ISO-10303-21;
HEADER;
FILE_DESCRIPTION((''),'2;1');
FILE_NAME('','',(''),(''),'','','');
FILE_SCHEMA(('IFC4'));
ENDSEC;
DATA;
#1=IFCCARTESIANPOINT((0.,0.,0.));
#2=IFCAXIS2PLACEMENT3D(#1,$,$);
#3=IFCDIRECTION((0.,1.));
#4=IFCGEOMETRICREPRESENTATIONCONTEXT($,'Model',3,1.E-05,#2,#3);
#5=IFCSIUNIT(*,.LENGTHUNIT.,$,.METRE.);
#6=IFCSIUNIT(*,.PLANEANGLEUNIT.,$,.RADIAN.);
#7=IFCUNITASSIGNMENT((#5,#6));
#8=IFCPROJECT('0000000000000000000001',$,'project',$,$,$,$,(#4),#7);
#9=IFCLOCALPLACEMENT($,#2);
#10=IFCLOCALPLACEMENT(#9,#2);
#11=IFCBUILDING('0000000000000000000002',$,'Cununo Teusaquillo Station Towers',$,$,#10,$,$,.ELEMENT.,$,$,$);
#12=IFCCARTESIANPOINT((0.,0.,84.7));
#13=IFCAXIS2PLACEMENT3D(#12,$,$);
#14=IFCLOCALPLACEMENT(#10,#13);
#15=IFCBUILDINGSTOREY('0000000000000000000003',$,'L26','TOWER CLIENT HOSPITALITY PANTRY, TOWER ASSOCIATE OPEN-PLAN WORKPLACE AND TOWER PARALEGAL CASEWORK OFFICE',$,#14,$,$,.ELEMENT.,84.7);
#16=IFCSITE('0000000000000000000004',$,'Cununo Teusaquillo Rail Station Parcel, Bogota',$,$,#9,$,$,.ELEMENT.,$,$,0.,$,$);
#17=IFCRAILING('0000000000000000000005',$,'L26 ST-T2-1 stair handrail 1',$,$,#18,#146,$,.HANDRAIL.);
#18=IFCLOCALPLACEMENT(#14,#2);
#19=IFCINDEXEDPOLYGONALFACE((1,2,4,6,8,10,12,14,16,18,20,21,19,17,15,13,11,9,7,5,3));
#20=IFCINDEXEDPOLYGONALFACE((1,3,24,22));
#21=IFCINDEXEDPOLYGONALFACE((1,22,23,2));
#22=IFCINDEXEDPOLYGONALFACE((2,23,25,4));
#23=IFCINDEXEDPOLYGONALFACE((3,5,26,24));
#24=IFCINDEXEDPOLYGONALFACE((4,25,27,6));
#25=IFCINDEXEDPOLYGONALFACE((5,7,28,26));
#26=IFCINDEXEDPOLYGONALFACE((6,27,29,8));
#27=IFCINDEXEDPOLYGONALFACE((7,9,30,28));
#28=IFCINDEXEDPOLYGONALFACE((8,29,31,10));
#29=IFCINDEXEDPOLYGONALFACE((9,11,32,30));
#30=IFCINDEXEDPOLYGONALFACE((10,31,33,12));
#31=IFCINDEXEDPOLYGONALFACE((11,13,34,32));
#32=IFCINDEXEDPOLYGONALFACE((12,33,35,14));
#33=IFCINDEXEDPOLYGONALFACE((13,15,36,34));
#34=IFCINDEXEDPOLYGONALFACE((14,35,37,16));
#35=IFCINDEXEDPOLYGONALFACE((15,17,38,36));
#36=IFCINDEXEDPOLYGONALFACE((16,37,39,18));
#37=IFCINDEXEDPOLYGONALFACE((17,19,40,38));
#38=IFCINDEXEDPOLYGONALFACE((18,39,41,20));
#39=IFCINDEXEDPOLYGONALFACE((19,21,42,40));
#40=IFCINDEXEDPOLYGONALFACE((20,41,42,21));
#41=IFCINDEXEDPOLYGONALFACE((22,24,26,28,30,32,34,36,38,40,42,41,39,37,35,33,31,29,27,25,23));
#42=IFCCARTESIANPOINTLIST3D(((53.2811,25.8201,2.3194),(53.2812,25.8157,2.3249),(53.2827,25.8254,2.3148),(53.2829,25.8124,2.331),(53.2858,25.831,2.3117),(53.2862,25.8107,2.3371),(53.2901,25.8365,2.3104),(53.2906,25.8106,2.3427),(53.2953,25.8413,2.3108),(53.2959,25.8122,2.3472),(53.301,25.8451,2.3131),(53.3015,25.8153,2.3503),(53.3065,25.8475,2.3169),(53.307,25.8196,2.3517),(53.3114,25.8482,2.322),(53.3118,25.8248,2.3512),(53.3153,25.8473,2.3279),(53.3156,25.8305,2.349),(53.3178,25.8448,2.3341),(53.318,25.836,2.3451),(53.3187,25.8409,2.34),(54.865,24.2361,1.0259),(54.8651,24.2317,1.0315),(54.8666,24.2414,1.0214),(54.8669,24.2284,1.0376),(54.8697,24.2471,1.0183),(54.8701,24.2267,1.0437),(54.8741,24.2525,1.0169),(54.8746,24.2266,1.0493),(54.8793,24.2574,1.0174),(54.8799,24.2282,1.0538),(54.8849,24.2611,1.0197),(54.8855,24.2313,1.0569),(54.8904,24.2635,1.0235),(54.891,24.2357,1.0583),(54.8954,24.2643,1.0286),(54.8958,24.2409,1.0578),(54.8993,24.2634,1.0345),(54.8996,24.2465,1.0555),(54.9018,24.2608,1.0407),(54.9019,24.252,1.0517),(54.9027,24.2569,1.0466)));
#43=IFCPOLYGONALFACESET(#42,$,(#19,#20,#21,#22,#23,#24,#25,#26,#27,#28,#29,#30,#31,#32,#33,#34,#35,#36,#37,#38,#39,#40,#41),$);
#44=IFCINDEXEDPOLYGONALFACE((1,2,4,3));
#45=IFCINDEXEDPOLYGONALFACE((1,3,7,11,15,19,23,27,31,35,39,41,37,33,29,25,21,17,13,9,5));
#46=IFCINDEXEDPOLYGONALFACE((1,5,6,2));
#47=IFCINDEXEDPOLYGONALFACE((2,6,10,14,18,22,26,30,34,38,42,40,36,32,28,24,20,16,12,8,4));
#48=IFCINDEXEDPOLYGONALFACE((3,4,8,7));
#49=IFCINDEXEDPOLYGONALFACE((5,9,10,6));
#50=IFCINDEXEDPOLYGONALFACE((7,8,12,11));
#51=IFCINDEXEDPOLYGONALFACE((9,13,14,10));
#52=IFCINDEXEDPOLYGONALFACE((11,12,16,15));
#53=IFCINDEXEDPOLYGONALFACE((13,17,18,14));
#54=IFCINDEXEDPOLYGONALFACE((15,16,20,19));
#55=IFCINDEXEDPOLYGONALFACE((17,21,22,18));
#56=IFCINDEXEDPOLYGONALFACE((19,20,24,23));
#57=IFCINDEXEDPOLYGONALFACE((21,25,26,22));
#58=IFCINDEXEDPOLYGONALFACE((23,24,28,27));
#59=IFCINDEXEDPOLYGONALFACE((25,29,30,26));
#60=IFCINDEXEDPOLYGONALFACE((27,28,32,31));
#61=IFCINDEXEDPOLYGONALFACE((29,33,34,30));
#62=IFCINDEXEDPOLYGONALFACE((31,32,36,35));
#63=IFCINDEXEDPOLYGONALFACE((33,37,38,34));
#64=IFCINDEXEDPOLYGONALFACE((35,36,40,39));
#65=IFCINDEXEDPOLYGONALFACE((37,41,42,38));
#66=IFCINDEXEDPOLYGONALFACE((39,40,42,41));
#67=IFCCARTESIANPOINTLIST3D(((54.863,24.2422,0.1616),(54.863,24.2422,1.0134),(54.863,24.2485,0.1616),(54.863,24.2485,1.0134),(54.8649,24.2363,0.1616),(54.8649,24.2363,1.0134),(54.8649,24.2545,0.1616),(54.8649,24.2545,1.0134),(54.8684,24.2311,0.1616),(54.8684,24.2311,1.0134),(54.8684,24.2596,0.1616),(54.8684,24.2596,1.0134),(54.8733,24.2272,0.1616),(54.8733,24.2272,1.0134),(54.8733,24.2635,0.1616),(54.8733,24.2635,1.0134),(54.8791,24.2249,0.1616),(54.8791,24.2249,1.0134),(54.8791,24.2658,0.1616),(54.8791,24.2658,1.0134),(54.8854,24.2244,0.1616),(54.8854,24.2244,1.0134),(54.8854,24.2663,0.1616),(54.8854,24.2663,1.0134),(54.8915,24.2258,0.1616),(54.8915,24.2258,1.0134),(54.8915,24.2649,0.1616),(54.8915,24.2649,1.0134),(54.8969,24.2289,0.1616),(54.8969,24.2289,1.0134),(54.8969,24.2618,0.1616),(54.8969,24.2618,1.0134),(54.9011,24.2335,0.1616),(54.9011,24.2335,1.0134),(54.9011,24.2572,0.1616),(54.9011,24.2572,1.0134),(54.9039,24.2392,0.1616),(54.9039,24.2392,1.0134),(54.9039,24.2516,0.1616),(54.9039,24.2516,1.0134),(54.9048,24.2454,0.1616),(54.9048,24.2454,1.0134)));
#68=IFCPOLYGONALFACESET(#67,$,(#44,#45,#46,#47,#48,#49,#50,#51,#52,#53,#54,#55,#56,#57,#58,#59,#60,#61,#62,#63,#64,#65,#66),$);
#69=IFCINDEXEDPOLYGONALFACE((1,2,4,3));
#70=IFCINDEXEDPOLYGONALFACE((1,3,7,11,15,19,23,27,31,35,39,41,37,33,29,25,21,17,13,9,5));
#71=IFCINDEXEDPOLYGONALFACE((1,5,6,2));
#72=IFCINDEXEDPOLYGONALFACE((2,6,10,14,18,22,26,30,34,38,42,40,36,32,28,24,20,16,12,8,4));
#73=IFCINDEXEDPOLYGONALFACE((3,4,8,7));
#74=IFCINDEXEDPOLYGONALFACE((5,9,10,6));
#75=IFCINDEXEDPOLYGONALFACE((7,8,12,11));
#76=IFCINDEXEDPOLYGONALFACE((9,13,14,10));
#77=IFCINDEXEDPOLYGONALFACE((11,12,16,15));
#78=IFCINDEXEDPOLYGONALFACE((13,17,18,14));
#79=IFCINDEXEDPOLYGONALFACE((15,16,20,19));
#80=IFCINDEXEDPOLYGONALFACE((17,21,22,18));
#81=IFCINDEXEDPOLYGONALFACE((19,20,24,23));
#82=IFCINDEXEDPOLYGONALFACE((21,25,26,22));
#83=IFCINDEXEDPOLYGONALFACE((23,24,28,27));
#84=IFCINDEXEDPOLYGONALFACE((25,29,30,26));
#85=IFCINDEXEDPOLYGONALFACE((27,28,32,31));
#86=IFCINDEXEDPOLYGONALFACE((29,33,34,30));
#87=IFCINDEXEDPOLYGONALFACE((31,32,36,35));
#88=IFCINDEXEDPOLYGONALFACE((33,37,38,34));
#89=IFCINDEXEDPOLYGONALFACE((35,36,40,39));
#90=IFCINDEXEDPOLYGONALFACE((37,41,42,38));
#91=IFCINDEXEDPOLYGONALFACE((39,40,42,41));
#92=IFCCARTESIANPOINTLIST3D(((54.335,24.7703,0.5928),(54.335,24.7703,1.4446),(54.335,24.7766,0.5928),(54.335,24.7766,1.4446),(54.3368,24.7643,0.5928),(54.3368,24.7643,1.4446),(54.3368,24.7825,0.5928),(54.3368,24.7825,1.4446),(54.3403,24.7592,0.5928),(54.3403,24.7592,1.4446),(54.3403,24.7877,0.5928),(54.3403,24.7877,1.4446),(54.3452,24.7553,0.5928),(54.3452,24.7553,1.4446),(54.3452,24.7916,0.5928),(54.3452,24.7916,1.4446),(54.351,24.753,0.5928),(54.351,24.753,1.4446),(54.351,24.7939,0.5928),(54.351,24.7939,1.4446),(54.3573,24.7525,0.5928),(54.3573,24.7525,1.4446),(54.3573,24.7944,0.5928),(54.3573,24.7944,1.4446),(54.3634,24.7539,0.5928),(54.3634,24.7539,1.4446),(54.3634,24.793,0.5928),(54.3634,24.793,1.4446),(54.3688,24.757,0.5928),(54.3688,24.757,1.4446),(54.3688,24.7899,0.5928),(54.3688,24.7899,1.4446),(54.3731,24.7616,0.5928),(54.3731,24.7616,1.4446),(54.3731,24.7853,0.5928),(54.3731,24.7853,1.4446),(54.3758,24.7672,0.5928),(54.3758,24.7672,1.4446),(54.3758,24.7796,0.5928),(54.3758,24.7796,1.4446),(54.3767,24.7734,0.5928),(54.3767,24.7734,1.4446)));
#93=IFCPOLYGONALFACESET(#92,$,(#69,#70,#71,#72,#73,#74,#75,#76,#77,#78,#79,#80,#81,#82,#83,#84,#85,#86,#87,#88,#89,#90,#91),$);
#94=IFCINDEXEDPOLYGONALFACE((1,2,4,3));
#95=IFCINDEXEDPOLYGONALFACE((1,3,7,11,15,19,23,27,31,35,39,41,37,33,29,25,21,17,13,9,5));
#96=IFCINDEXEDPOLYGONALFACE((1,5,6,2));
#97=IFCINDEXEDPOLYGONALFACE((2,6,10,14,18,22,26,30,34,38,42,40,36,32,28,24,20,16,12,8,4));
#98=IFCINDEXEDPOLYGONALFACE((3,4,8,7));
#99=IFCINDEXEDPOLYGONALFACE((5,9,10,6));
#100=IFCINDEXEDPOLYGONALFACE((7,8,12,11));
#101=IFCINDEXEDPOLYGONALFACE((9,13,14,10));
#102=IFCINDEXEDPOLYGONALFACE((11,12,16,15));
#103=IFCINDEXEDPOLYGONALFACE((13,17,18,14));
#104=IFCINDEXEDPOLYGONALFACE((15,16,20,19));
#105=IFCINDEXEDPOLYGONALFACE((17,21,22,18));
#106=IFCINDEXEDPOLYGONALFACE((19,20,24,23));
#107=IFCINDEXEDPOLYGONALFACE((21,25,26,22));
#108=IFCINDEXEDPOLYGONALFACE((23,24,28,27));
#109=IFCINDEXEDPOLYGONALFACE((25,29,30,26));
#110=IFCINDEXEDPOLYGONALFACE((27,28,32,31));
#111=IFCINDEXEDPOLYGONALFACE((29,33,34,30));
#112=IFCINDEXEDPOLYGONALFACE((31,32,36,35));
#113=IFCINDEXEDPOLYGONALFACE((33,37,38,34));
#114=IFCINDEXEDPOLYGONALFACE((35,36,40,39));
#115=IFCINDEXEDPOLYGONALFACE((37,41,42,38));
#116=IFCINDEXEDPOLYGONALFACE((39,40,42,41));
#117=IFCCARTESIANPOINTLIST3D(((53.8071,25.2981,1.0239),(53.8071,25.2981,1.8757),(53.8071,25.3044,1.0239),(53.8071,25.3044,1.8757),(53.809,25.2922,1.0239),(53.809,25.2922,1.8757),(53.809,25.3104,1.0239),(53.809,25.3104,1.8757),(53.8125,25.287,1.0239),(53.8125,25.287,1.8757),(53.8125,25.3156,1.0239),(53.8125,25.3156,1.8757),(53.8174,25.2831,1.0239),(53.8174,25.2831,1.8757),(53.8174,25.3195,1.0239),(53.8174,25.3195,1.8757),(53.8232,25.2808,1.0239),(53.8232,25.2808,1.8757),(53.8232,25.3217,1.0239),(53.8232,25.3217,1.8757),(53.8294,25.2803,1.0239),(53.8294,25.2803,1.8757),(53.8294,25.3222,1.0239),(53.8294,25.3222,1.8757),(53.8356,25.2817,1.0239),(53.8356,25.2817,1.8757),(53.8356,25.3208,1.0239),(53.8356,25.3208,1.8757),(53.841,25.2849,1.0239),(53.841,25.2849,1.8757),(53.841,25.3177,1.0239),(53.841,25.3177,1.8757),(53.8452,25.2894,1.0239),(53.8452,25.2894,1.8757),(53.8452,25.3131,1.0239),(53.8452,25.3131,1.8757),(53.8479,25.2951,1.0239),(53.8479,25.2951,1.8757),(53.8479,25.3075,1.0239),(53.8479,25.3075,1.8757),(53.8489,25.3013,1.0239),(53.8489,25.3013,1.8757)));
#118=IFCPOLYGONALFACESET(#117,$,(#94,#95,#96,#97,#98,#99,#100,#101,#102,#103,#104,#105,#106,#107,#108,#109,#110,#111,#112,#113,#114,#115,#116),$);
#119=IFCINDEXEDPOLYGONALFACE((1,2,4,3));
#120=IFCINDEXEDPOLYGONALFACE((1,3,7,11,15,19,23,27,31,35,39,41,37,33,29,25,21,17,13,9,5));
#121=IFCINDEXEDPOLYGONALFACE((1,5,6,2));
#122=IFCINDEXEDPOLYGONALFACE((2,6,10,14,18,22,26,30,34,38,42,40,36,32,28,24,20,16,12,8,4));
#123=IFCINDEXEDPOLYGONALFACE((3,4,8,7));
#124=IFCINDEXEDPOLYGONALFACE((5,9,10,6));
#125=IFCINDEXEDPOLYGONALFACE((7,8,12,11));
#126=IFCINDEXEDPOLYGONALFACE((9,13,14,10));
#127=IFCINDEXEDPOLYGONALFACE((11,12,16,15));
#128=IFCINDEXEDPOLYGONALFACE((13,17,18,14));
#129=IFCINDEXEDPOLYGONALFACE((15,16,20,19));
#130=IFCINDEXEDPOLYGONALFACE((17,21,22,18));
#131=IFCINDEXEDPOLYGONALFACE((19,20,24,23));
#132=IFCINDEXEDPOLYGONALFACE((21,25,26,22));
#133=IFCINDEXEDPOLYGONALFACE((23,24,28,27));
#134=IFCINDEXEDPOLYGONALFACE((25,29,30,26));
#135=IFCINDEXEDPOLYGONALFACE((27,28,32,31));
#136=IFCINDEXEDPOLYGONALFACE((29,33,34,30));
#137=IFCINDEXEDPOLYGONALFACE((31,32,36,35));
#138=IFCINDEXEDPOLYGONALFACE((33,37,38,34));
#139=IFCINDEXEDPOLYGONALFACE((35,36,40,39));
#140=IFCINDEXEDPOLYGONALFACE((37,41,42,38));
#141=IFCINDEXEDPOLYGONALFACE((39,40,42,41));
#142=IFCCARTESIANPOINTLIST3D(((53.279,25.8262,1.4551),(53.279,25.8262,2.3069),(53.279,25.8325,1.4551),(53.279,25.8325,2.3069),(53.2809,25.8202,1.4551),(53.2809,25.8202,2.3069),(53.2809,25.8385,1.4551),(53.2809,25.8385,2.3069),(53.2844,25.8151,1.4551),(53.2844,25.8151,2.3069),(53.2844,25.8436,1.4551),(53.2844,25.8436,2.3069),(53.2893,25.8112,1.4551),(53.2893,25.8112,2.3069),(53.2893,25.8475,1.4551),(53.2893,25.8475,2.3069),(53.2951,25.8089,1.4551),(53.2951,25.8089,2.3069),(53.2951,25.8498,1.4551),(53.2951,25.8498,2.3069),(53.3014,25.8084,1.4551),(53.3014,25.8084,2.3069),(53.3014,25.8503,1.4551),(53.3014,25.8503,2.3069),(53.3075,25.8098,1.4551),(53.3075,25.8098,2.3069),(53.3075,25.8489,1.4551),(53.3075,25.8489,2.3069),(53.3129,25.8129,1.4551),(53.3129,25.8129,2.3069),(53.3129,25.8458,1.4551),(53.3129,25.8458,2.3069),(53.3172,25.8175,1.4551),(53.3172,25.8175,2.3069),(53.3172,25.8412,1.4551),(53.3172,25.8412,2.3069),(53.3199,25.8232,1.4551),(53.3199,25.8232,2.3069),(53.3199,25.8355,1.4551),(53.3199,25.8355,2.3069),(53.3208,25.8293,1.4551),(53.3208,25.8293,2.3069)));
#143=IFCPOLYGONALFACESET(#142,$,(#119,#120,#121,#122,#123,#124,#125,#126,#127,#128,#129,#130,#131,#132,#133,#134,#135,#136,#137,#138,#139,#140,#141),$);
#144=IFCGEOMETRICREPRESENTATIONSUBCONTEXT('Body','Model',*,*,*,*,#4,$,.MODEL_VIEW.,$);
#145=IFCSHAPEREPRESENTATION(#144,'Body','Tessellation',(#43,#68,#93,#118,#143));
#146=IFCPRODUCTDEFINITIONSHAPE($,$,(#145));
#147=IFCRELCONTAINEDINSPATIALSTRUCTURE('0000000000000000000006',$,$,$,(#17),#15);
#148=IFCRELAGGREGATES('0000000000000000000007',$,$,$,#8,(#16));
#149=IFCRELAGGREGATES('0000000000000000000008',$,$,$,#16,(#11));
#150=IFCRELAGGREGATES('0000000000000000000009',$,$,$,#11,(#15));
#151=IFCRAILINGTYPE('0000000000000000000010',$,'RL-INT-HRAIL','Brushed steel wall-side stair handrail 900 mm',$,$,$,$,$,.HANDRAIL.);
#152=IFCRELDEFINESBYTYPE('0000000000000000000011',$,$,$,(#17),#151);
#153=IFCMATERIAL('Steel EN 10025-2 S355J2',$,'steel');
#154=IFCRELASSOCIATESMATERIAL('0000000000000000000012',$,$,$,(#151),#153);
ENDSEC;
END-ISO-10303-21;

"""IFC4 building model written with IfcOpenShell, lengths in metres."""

from ifc_helpers import new_model, si_unit, direction, frame, origin, origin_2d, place, context, subcontext, project, spatial, circle, extrude, material, type_object, element, save


model = new_model("IFC4")

# Units and contexts
model_context = context("Model", 3, precision=1e-05, world=origin(), true_north=direction((0.0, 1.0)))
body_context = subcontext(model_context, "Body", "Model", "MODEL_VIEW")
ifc_project = project(units=[si_unit("LENGTHUNIT", "METRE"), si_unit("PLANEANGLEUNIT", "RADIAN")], contexts=[model_context])

# Site, building, storey
site_placement = place(None, origin())
site = spatial("IfcSite", under=ifc_project, at=site_placement, Name="Cununo Teusaquillo Rail Station Parcel, Bogota", CompositionType="ELEMENT", RefElevation=0.0)
building_placement = place(site_placement, origin())
building = spatial("IfcBuilding", under=site, at=building_placement, Name="Cununo Teusaquillo Station Towers", CompositionType="ELEMENT")
storey_placement = place(building_placement, frame((0.0, 0.0, 84.7)))
storey = spatial("IfcBuildingStorey", under=building, at=storey_placement, Name="L26", Description="TOWER CLIENT HOSPITALITY PANTRY, TOWER ASSOCIATE OPEN-PLAN WORKPLACE AND TOWER PARALEGAL CASEWORK OFFICE", CompositionType="ELEMENT", Elevation=84.7)

# Railing
ifc_material_1 = material(Name="Steel EN 10025-2 S355J2", Category="steel")
railing_type_1 = type_object("IfcRailingType", Name="RL-INT-HRAIL", Description="Brushed steel wall-side stair handrail 900 mm", PredefinedType="HANDRAIL", material=ifc_material_1)
railing_1_placement = place(storey_placement, frame((54.8838, 24.2454, 0.1616)))
element("IfcRailing", 1, at=railing_1_placement, inside=storey, type_object=railing_type_1, Name="L26 ST-T2-1 stair handrail 1", PredefinedType="HANDRAIL", context=body_context, shape_type="SweptSolid", body=[
    extrude(circle(Radius=0.0239, at=origin_2d()), frame((0.0, 0.0, 0.876), z_axis=(-0.612356, 0.612356, 0.50004), x_axis=(-0.707107, -0.707107, 0.0)), (0.0, 0.0, 1.0), 2.5867),
    extrude(circle(Radius=0.021, at=origin_2d()), origin(), (0.0, 0.0, 1.0), 0.8518),
    extrude(circle(Radius=0.021, at=origin_2d()), frame((-0.5281, 0.5281, 0.4312)), (0.0, 0.0, 1.0), 0.8518),
    extrude(circle(Radius=0.021, at=origin_2d()), frame((-1.0559, 1.0559, 0.8623)), (0.0, 0.0, 1.0), 0.8518),
    extrude(circle(Radius=0.021, at=origin_2d()), frame((-1.584, 1.584, 1.2935)), (0.0, 0.0, 1.0), 0.8518),
])

save(model, "model.ifc")
